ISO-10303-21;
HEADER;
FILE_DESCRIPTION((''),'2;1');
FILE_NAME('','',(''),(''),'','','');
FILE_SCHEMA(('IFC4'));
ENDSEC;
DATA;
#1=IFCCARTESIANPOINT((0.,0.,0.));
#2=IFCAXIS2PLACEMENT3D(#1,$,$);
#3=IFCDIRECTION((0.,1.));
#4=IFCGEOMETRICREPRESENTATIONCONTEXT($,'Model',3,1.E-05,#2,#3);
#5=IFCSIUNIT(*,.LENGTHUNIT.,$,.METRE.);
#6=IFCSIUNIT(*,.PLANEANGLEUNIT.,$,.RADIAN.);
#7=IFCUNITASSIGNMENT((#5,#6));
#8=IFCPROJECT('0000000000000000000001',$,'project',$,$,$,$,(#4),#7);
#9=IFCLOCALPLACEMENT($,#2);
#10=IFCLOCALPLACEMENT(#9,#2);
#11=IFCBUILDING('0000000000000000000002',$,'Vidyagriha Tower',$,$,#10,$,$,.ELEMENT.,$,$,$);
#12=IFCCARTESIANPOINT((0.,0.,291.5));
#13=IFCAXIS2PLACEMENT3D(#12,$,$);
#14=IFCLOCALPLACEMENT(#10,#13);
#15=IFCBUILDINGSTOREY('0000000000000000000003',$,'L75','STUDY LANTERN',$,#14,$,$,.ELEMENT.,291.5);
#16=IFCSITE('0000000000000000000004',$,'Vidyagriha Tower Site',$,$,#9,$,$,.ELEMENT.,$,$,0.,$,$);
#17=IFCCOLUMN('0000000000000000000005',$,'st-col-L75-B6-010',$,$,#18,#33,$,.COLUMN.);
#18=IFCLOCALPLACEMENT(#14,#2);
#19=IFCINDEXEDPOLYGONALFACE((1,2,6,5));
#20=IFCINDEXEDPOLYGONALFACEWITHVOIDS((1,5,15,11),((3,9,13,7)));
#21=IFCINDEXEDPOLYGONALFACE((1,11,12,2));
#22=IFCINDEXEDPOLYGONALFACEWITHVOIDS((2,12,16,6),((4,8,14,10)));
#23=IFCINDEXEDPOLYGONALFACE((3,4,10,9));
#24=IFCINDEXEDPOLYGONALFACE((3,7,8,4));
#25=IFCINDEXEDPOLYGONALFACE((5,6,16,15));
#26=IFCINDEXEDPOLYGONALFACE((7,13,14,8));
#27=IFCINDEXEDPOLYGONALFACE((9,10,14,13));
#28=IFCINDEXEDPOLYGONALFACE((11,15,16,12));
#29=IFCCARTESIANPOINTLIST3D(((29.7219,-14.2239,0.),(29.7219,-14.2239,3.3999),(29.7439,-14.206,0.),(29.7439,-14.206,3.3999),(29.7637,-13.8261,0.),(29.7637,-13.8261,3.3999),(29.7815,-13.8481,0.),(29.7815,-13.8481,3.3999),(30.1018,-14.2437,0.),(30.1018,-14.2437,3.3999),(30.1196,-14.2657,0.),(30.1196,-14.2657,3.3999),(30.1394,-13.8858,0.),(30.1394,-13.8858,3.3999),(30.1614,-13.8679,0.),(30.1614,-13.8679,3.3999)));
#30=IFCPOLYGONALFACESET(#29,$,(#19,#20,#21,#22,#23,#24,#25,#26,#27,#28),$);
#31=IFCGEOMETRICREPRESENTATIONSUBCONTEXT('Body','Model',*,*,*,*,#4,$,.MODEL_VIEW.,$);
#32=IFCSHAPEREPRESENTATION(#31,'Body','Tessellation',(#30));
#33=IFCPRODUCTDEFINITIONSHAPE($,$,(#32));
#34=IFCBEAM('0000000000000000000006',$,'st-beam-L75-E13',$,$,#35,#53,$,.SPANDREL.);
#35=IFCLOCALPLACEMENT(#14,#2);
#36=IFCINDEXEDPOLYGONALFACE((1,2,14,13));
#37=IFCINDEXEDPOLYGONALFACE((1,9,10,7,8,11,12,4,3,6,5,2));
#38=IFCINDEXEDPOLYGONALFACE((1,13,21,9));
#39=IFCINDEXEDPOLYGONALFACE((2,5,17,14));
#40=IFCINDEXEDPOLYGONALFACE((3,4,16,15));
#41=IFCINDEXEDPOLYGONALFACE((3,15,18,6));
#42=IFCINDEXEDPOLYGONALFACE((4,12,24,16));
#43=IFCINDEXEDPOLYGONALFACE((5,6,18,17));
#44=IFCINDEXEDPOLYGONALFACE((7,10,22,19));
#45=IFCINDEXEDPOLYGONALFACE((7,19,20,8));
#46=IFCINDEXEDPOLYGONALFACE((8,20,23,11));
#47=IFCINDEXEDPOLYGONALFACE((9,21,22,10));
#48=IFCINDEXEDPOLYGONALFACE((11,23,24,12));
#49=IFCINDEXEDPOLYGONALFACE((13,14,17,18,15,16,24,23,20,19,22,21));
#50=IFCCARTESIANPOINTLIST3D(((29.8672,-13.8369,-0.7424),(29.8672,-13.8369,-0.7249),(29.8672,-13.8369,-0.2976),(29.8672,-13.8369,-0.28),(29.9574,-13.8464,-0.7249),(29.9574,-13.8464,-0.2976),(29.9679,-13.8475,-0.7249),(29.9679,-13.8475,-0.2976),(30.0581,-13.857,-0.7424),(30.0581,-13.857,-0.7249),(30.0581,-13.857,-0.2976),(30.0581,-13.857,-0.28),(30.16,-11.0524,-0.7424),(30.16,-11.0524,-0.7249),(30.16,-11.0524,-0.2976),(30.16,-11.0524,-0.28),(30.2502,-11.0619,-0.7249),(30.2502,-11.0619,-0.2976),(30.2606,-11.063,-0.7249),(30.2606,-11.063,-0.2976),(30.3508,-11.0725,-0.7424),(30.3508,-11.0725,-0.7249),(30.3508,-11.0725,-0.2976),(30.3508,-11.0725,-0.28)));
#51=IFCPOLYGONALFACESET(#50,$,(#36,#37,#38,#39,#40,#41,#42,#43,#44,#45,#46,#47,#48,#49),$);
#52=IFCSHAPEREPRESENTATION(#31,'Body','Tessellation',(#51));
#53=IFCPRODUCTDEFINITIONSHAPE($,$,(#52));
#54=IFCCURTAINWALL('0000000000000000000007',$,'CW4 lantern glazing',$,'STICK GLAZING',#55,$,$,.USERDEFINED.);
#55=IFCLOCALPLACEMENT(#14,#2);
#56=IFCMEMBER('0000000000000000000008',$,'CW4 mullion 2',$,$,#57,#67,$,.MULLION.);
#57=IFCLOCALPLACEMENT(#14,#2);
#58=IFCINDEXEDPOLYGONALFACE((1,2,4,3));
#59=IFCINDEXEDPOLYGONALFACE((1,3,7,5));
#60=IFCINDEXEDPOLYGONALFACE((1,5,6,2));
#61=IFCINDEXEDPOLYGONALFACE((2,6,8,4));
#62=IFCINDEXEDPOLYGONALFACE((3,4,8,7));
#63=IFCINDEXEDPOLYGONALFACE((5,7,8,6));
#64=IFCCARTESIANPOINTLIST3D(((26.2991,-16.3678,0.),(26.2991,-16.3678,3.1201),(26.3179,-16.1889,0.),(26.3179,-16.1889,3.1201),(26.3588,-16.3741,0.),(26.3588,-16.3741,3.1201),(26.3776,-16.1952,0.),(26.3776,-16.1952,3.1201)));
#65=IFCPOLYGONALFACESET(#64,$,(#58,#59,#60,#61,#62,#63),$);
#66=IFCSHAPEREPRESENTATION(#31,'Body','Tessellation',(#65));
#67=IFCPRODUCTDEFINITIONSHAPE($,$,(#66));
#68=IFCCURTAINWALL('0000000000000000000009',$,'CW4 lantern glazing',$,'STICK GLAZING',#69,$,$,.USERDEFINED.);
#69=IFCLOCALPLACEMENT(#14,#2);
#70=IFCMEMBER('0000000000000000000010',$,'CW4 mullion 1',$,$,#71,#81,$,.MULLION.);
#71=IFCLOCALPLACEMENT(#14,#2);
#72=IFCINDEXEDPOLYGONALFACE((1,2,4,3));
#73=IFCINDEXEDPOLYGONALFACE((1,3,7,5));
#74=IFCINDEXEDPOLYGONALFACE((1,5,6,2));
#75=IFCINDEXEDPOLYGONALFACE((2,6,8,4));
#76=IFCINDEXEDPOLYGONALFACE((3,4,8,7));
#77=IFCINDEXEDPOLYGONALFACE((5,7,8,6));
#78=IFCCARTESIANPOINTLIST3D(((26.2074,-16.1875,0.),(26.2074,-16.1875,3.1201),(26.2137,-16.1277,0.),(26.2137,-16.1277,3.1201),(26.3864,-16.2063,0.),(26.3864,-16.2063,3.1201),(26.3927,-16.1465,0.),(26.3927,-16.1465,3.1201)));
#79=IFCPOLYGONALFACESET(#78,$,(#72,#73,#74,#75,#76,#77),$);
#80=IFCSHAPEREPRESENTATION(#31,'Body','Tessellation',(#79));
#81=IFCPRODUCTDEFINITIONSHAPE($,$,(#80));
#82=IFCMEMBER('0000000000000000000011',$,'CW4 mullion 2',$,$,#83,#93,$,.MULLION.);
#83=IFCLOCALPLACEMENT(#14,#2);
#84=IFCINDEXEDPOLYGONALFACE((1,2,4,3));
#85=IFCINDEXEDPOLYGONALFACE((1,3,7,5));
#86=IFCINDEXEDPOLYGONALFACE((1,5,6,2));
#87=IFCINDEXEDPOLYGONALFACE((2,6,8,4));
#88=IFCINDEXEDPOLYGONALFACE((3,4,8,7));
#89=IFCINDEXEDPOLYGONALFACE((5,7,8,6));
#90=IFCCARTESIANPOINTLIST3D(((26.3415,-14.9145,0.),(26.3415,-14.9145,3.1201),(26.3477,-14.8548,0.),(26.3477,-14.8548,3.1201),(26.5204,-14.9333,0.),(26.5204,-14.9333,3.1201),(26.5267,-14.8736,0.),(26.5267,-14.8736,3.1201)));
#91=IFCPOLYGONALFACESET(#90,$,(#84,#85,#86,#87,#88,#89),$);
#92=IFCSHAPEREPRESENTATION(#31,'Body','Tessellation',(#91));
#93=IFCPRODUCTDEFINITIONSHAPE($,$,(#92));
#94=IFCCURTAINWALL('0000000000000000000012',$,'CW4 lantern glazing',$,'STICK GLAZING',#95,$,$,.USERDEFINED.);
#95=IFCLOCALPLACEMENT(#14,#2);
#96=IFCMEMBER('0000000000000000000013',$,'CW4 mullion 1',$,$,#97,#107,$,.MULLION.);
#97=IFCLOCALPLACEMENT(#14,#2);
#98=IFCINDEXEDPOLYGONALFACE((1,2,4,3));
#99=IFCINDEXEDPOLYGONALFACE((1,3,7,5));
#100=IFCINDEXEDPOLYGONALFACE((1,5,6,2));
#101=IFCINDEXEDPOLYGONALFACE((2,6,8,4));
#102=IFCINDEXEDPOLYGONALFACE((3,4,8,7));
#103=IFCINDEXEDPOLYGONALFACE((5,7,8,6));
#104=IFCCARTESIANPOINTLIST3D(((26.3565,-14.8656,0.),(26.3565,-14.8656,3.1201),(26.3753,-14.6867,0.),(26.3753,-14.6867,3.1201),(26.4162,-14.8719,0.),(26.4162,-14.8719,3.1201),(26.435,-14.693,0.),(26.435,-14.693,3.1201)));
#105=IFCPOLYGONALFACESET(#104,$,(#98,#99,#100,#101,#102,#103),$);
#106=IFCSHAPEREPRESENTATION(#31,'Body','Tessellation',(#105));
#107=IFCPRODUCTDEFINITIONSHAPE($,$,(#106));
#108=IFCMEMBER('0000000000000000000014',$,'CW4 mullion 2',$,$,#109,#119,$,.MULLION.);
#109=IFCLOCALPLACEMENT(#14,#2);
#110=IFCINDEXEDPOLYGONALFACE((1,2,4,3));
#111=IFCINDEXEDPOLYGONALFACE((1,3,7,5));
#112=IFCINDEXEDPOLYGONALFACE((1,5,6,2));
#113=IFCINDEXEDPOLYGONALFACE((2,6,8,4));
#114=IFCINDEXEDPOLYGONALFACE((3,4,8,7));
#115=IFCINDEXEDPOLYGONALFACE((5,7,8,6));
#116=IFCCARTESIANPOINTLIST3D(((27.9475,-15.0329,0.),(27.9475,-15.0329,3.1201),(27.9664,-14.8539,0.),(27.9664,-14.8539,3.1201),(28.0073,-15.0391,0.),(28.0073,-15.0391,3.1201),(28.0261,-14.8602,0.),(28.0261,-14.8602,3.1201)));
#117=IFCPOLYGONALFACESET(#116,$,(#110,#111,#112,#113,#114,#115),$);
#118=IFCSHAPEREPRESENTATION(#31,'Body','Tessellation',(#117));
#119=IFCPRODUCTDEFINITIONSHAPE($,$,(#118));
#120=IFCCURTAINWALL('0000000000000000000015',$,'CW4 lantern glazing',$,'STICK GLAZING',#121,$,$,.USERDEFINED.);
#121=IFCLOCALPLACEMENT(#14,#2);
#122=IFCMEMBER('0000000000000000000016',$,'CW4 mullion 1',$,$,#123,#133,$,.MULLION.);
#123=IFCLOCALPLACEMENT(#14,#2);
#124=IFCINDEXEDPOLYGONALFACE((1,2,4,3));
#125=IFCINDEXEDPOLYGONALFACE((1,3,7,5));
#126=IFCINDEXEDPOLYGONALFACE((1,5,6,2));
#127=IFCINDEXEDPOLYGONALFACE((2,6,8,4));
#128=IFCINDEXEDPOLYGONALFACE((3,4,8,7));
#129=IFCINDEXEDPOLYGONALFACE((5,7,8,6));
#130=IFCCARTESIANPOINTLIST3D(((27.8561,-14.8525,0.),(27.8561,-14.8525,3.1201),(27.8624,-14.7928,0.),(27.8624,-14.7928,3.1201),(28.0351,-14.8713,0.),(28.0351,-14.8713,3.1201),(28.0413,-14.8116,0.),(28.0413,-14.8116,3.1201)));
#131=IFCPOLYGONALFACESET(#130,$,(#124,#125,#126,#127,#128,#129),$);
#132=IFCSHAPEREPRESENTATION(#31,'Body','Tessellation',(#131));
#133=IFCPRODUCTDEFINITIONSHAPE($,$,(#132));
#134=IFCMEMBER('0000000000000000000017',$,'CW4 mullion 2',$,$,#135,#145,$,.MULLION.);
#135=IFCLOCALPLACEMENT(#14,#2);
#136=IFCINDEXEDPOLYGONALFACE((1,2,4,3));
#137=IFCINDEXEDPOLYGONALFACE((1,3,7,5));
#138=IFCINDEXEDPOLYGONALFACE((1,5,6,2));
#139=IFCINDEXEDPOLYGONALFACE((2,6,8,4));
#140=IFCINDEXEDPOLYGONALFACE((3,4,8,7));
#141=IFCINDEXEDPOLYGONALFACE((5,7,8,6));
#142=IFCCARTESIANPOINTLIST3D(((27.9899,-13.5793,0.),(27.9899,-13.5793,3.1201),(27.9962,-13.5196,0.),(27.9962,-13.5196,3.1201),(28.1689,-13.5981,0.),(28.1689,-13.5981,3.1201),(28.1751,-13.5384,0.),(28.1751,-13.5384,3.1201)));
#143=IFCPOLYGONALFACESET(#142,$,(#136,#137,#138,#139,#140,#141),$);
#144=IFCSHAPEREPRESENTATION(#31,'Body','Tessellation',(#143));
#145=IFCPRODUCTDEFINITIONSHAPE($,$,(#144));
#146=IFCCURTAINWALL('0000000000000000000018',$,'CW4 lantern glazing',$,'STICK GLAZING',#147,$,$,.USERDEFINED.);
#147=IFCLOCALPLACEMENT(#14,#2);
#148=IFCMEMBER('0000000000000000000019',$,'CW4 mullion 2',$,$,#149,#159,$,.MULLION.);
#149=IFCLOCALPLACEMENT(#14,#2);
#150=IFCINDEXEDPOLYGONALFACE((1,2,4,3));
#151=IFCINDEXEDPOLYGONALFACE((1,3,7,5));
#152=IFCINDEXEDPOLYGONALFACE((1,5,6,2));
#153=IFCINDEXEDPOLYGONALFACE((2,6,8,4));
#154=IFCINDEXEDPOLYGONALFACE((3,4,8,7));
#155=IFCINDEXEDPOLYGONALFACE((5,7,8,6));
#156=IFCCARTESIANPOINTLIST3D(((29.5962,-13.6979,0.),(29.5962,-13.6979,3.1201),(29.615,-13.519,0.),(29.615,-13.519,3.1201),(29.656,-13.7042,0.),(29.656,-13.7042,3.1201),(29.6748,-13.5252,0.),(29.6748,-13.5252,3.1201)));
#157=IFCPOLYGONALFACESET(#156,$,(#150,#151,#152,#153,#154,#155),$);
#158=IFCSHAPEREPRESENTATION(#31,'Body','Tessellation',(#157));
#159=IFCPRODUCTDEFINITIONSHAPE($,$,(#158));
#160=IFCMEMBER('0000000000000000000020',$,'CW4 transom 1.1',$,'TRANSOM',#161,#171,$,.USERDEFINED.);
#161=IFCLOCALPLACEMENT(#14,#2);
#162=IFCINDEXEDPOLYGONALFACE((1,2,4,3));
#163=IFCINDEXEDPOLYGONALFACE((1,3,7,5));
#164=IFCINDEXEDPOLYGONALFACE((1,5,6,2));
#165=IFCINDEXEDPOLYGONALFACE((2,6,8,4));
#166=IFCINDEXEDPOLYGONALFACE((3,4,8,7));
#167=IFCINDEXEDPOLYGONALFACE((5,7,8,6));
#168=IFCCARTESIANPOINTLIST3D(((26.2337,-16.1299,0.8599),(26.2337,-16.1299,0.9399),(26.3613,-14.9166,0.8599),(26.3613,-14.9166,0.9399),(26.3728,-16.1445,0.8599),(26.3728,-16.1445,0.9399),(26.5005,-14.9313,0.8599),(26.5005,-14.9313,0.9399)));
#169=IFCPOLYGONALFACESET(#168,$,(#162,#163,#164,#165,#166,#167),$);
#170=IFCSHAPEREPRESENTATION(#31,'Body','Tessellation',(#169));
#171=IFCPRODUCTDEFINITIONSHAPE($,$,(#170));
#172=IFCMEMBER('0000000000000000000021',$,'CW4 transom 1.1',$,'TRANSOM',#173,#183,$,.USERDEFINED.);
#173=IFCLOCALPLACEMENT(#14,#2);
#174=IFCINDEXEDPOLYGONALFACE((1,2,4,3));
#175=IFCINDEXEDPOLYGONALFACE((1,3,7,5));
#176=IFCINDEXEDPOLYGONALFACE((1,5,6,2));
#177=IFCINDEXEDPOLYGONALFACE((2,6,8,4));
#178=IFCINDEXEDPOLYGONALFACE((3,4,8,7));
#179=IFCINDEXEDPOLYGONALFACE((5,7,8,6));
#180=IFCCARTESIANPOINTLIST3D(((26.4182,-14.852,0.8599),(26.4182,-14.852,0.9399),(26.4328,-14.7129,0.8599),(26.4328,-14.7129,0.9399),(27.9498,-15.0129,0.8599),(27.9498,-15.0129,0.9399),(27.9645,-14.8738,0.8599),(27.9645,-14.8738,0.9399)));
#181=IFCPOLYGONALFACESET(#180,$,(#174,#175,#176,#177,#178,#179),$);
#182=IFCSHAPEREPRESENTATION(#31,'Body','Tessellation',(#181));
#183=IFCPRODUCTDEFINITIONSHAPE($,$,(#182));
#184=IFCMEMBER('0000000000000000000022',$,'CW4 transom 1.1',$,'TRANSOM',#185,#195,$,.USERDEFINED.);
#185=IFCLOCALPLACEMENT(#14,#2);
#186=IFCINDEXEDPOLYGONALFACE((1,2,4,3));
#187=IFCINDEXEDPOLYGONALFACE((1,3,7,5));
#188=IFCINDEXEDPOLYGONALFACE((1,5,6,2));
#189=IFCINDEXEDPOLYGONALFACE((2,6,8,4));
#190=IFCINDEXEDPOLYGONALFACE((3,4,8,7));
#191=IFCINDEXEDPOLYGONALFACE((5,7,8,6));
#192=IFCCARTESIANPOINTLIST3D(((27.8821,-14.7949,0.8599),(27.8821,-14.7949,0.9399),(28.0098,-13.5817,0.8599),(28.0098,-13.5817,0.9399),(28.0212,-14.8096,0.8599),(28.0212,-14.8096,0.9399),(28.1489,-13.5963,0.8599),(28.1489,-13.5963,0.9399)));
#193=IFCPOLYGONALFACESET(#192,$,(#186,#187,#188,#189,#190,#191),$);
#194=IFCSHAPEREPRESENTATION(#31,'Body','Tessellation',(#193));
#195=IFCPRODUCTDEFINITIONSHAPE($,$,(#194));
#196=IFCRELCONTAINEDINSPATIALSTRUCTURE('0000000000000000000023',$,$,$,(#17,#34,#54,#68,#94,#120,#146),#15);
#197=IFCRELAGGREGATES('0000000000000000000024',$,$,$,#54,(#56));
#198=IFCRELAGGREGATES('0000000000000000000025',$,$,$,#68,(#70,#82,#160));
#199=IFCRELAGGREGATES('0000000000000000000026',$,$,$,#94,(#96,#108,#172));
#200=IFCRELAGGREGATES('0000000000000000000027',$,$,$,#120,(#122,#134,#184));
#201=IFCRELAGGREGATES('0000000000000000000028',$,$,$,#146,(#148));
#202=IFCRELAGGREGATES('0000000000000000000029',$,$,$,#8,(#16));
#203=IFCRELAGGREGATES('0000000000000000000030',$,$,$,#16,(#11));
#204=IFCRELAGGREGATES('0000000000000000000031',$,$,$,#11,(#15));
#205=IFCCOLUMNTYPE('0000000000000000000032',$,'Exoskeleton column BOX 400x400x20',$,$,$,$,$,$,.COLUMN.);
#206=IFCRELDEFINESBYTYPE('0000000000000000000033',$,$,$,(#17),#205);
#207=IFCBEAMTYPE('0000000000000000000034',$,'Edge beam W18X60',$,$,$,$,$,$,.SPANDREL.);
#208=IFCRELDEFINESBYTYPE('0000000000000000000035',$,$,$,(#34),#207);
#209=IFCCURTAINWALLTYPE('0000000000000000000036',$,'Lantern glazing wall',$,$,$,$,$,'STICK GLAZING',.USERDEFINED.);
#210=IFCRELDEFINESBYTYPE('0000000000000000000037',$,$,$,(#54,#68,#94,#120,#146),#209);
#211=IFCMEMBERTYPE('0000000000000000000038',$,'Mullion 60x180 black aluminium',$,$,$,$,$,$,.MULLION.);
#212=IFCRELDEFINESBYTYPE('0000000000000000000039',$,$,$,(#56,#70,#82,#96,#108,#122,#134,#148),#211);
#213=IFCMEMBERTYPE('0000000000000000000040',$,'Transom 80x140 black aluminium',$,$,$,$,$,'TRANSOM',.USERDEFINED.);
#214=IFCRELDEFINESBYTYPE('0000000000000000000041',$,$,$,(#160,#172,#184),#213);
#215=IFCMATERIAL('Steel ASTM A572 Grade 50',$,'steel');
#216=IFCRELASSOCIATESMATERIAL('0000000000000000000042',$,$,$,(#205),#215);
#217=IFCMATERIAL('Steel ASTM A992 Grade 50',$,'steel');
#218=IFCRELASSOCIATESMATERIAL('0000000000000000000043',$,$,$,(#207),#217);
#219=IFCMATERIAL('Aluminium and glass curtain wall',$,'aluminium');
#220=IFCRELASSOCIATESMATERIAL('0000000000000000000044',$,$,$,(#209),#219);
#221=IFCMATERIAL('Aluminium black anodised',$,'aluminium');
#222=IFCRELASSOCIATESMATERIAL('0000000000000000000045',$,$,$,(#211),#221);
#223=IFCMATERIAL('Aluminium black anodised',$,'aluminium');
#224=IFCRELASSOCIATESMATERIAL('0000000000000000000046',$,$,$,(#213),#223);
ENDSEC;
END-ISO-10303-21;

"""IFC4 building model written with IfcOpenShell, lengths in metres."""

from ifc_helpers import new_model, si_unit, direction, frame, origin, origin_2d, place, context, subcontext, project, spatial, rectangle, hollow_rectangle, i_section, extrude, material, material_profile, profile_set, type_object, element, aggregate, save


model = new_model("IFC4")

# Units and contexts
model_context = context("Model", 3, precision=1e-05, world=origin(), true_north=direction((0.0, 1.0)))
body_context = subcontext(model_context, "Body", "Model", "MODEL_VIEW")
ifc_project = project(units=[si_unit("LENGTHUNIT", "METRE"), si_unit("PLANEANGLEUNIT", "RADIAN")], contexts=[model_context])

# Site, building, storey
site_placement = place(None, origin())
site = spatial("IfcSite", under=ifc_project, at=site_placement, Name="Vidyagriha Tower Site", CompositionType="ELEMENT", RefElevation=0.0)
building_placement = place(site_placement, origin())
building = spatial("IfcBuilding", under=site, at=building_placement, Name="Vidyagriha Tower", CompositionType="ELEMENT")
storey_placement = place(building_placement, frame((0.0, 0.0, 291.5)))
storey = spatial("IfcBuildingStorey", under=building, at=storey_placement, Name="L75", Description="STUDY LANTERN", CompositionType="ELEMENT", Elevation=291.5)

# Column
ifc_material_1 = material(Name="Steel ASTM A572 Grade 50", Category="steel")
ifc_material_profile_1 = material_profile(ifc_material_1, hollow_rectangle(XDim=0.3999, YDim=0.3999, WallThickness=0.02, at=origin_2d()), Name="BOX 400x400x20")
ifc_profile_set_1 = profile_set([ifc_material_profile_1], Name="Steel ASTM A572 Grade 50")
column_type = type_object("IfcColumnType", Name="Exoskeleton column BOX 400x400x20", PredefinedType="COLUMN", material=ifc_profile_set_1)
column_placement = place(storey_placement, frame((29.9417, -14.0459, 0.0), z_axis=(0.0, 0.0, 1.0), x_axis=(0.994522, -0.104528, 0.0)))
element("IfcColumn", 1, at=column_placement, inside=storey, type_object=column_type, Name="st-col-L75-B6-010", PredefinedType="COLUMN", context=body_context, shape_type="SweptSolid", body=[
    extrude(hollow_rectangle(XDim=0.3999, YDim=0.3999, WallThickness=0.02, at=origin_2d()), origin(), (0.0, 0.0, 1.0), 3.3999),
])

# Beam
ifc_material_2 = material(Name="Steel ASTM A992 Grade 50", Category="steel")
ifc_material_profile_2 = material_profile(ifc_material_2, i_section(OverallWidth=0.1919, OverallDepth=0.4624, WebThickness=0.0105, FlangeThickness=0.0176, at=origin_2d()), Name="W18X60")
ifc_profile_set_2 = profile_set([ifc_material_profile_2], Name="Steel ASTM A992 Grade 50")
beam_type = type_object("IfcBeamType", Name="Edge beam W18X60", PredefinedType="SPANDREL", material=ifc_profile_set_2)
beam_placement = place(storey_placement, frame((29.9626, -13.8469, -0.5112), z_axis=(0.104553, 0.994519, 0.0), x_axis=(-0.994519, 0.104553, 0.0)))
element("IfcBeam", 2, at=beam_placement, inside=storey, type_object=beam_type, Name="st-beam-L75-E13", PredefinedType="SPANDREL", context=body_context, shape_type="SweptSolid", body=[
    extrude(i_section(OverallWidth=0.1919, OverallDepth=0.4624, WebThickness=0.0105, FlangeThickness=0.0176, at=origin_2d()), origin(), (0.0, 0.0, 1.0), 2.7998),
])

# Curtain wall, member
ifc_material_3 = material(Name="Aluminium and glass curtain wall", Category="aluminium")
curtain_wall_type = type_object("IfcCurtainWallType", Name="Lantern glazing wall", ElementType="STICK GLAZING", PredefinedType="USERDEFINED", material=ifc_material_3)
curtain_wall_1_placement = place(storey_placement, origin())
curtain_wall_1 = element("IfcCurtainWall", 3, at=curtain_wall_1_placement, inside=storey, type_object=curtain_wall_type, Name="CW4 lantern glazing", ObjectType="STICK GLAZING", PredefinedType="USERDEFINED")
ifc_material_4 = material(Name="Aluminium black anodised", Category="aluminium")
ifc_material_profile_3 = material_profile(ifc_material_4, rectangle(XDim=0.1799, YDim=0.0601, at=origin_2d()), Name="Mullion 60x180 black aluminium")
ifc_profile_set_3 = profile_set([ifc_material_profile_3], Name="Aluminium black anodised")
member_type_1 = type_object("IfcMemberType", Name="Mullion 60x180 black aluminium", PredefinedType="MULLION", material=ifc_profile_set_3)
member_1_placement = place(storey_placement, frame((26.3384, -16.2815, 0.0), z_axis=(0.0, 0.0, 1.0), x_axis=(0.104519, 0.994523, 0.0)))
member_1 = element("IfcMember", 4, at=member_1_placement, type_object=member_type_1, Name="CW4 mullion 2", PredefinedType="MULLION", context=body_context, shape_type="SweptSolid", body=[
    extrude(rectangle(XDim=0.1799, YDim=0.0601, at=origin_2d()), origin(), (0.0, 0.0, 1.0), 3.1201),
])

# Curtain walls, members
curtain_wall_2_placement = place(storey_placement, origin())
curtain_wall_2 = element("IfcCurtainWall", 5, at=curtain_wall_2_placement, inside=storey, type_object=curtain_wall_type, Name="CW4 lantern glazing", ObjectType="STICK GLAZING", PredefinedType="USERDEFINED")
member_2_placement = place(storey_placement, frame((26.3, -16.167, 0.0), z_axis=(0.0, 0.0, 1.0), x_axis=(-0.99452, 0.104549, 0.0)))
member_2 = element("IfcMember", 6, at=member_2_placement, type_object=member_type_1, Name="CW4 mullion 1", PredefinedType="MULLION", context=body_context, shape_type="SweptSolid", body=[
    extrude(rectangle(XDim=0.1799, YDim=0.0601, at=origin_2d()), origin(), (0.0, 0.0, 1.0), 3.1201),
])
member_3_placement = place(storey_placement, frame((26.4341, -14.894, 0.0), z_axis=(0.0, 0.0, 1.0), x_axis=(-0.99452, 0.104549, 0.0)))
member_3 = element("IfcMember", 7, at=member_3_placement, type_object=member_type_1, Name="CW4 mullion 2", PredefinedType="MULLION", context=body_context, shape_type="SweptSolid", body=[
    extrude(rectangle(XDim=0.1799, YDim=0.0601, at=origin_2d()), origin(), (0.0, 0.0, 1.0), 3.1201),
])
curtain_wall_3_placement = place(storey_placement, origin())
curtain_wall_3 = element("IfcCurtainWall", 8, at=curtain_wall_3_placement, inside=storey, type_object=curtain_wall_type, Name="CW4 lantern glazing", ObjectType="STICK GLAZING", PredefinedType="USERDEFINED")
member_4_placement = place(storey_placement, frame((26.3958, -14.7793, 0.0), z_axis=(0.0, 0.0, 1.0), x_axis=(0.104519, 0.994523, 0.0)))
member_4 = element("IfcMember", 9, at=member_4_placement, type_object=member_type_1, Name="CW4 mullion 1", PredefinedType="MULLION", context=body_context, shape_type="SweptSolid", body=[
    extrude(rectangle(XDim=0.1799, YDim=0.0601, at=origin_2d()), origin(), (0.0, 0.0, 1.0), 3.1201),
])
member_5_placement = place(storey_placement, frame((27.9868, -14.9465, 0.0), z_axis=(0.0, 0.0, 1.0), x_axis=(0.104519, 0.994523, 0.0)))
member_5 = element("IfcMember", 10, at=member_5_placement, type_object=member_type_1, Name="CW4 mullion 2", PredefinedType="MULLION", context=body_context, shape_type="SweptSolid", body=[
    extrude(rectangle(XDim=0.1799, YDim=0.0601, at=origin_2d()), origin(), (0.0, 0.0, 1.0), 3.1201),
])
curtain_wall_4_placement = place(storey_placement, origin())
curtain_wall_4 = element("IfcCurtainWall", 11, at=curtain_wall_4_placement, inside=storey, type_object=curtain_wall_type, Name="CW4 lantern glazing", ObjectType="STICK GLAZING", PredefinedType="USERDEFINED")
member_6_placement = place(storey_placement, frame((27.9487, -14.832, 0.0), z_axis=(0.0, 0.0, 1.0), x_axis=(-0.99452, 0.104549, 0.0)))
member_6 = element("IfcMember", 12, at=member_6_placement, type_object=member_type_1, Name="CW4 mullion 1", PredefinedType="MULLION", context=body_context, shape_type="SweptSolid", body=[
    extrude(rectangle(XDim=0.1799, YDim=0.0601, at=origin_2d()), origin(), (0.0, 0.0, 1.0), 3.1201),
])
member_7_placement = place(storey_placement, frame((28.0825, -13.5588, 0.0), z_axis=(0.0, 0.0, 1.0), x_axis=(-0.99452, 0.104549, 0.0)))
member_7 = element("IfcMember", 13, at=member_7_placement, type_object=member_type_1, Name="CW4 mullion 2", PredefinedType="MULLION", context=body_context, shape_type="SweptSolid", body=[
    extrude(rectangle(XDim=0.1799, YDim=0.0601, at=origin_2d()), origin(), (0.0, 0.0, 1.0), 3.1201),
])

# Curtain wall, member
curtain_wall_5_placement = place(storey_placement, origin())
curtain_wall_5 = element("IfcCurtainWall", 14, at=curtain_wall_5_placement, inside=storey, type_object=curtain_wall_type, Name="CW4 lantern glazing", ObjectType="STICK GLAZING", PredefinedType="USERDEFINED")
member_8_placement = place(storey_placement, frame((29.6355, -13.6116, 0.0), z_axis=(0.0, 0.0, 1.0), x_axis=(0.104512, 0.994524, 0.0)))
member_8 = element("IfcMember", 15, at=member_8_placement, type_object=member_type_1, Name="CW4 mullion 2", PredefinedType="MULLION", context=body_context, shape_type="SweptSolid", body=[
    extrude(rectangle(XDim=0.1799, YDim=0.0601, at=origin_2d()), origin(), (0.0, 0.0, 1.0), 3.1201),
])

# Members
ifc_material_5 = material(Name="Aluminium black anodised", Category="aluminium")
ifc_material_profile_4 = material_profile(ifc_material_5, rectangle(XDim=0.1399, YDim=0.0801, at=origin_2d()), Name="Transom 80x140 black aluminium")
ifc_profile_set_4 = profile_set([ifc_material_profile_4], Name="Aluminium black anodised")
member_type_2 = type_object("IfcMemberType", Name="Transom 80x140 black aluminium", ElementType="TRANSOM", PredefinedType="USERDEFINED", material=ifc_profile_set_4)
member_9_placement = place(storey_placement, frame((26.3032, -16.1372, 0.8999), z_axis=(0.104654, 0.994509, 0.0), x_axis=(-0.994509, 0.104654, 0.0)))
member_9 = element("IfcMember", 16, at=member_9_placement, type_object=member_type_2, Name="CW4 transom 1.1", ObjectType="TRANSOM", PredefinedType="USERDEFINED", context=body_context, shape_type="SweptSolid", body=[
    extrude(rectangle(XDim=0.1399, YDim=0.0801, at=origin_2d()), origin(), (0.0, 0.0, 1.0), 1.22),
])
member_10_placement = place(storey_placement, frame((26.4255, -14.7825, 0.8999), z_axis=(0.994527, -0.104478, 0.0), x_axis=(0.104478, 0.994527, 0.0)))
member_10 = element("IfcMember", 17, at=member_10_placement, type_object=member_type_2, Name="CW4 transom 1.1", ObjectType="TRANSOM", PredefinedType="USERDEFINED", context=body_context, shape_type="SweptSolid", body=[
    extrude(rectangle(XDim=0.1399, YDim=0.0801, at=origin_2d()), origin(), (0.0, 0.0, 1.0), 1.54),
])
member_11_placement = place(storey_placement, frame((27.9517, -14.8022, 0.8999), z_axis=(0.104654, 0.994509, 0.0), x_axis=(-0.994509, 0.104654, 0.0)))
member_11 = element("IfcMember", 18, at=member_11_placement, type_object=member_type_2, Name="CW4 transom 1.1", ObjectType="TRANSOM", PredefinedType="USERDEFINED", context=body_context, shape_type="SweptSolid", body=[
    extrude(rectangle(XDim=0.1399, YDim=0.0801, at=origin_2d()), origin(), (0.0, 0.0, 1.0), 1.22),
])

aggregate(curtain_wall_1, [member_1])
aggregate(curtain_wall_2, [member_2, member_3, member_9])
aggregate(curtain_wall_3, [member_4, member_5, member_10])
aggregate(curtain_wall_4, [member_6, member_7, member_11])
aggregate(curtain_wall_5, [member_8])

save(model, "model.ifc")
